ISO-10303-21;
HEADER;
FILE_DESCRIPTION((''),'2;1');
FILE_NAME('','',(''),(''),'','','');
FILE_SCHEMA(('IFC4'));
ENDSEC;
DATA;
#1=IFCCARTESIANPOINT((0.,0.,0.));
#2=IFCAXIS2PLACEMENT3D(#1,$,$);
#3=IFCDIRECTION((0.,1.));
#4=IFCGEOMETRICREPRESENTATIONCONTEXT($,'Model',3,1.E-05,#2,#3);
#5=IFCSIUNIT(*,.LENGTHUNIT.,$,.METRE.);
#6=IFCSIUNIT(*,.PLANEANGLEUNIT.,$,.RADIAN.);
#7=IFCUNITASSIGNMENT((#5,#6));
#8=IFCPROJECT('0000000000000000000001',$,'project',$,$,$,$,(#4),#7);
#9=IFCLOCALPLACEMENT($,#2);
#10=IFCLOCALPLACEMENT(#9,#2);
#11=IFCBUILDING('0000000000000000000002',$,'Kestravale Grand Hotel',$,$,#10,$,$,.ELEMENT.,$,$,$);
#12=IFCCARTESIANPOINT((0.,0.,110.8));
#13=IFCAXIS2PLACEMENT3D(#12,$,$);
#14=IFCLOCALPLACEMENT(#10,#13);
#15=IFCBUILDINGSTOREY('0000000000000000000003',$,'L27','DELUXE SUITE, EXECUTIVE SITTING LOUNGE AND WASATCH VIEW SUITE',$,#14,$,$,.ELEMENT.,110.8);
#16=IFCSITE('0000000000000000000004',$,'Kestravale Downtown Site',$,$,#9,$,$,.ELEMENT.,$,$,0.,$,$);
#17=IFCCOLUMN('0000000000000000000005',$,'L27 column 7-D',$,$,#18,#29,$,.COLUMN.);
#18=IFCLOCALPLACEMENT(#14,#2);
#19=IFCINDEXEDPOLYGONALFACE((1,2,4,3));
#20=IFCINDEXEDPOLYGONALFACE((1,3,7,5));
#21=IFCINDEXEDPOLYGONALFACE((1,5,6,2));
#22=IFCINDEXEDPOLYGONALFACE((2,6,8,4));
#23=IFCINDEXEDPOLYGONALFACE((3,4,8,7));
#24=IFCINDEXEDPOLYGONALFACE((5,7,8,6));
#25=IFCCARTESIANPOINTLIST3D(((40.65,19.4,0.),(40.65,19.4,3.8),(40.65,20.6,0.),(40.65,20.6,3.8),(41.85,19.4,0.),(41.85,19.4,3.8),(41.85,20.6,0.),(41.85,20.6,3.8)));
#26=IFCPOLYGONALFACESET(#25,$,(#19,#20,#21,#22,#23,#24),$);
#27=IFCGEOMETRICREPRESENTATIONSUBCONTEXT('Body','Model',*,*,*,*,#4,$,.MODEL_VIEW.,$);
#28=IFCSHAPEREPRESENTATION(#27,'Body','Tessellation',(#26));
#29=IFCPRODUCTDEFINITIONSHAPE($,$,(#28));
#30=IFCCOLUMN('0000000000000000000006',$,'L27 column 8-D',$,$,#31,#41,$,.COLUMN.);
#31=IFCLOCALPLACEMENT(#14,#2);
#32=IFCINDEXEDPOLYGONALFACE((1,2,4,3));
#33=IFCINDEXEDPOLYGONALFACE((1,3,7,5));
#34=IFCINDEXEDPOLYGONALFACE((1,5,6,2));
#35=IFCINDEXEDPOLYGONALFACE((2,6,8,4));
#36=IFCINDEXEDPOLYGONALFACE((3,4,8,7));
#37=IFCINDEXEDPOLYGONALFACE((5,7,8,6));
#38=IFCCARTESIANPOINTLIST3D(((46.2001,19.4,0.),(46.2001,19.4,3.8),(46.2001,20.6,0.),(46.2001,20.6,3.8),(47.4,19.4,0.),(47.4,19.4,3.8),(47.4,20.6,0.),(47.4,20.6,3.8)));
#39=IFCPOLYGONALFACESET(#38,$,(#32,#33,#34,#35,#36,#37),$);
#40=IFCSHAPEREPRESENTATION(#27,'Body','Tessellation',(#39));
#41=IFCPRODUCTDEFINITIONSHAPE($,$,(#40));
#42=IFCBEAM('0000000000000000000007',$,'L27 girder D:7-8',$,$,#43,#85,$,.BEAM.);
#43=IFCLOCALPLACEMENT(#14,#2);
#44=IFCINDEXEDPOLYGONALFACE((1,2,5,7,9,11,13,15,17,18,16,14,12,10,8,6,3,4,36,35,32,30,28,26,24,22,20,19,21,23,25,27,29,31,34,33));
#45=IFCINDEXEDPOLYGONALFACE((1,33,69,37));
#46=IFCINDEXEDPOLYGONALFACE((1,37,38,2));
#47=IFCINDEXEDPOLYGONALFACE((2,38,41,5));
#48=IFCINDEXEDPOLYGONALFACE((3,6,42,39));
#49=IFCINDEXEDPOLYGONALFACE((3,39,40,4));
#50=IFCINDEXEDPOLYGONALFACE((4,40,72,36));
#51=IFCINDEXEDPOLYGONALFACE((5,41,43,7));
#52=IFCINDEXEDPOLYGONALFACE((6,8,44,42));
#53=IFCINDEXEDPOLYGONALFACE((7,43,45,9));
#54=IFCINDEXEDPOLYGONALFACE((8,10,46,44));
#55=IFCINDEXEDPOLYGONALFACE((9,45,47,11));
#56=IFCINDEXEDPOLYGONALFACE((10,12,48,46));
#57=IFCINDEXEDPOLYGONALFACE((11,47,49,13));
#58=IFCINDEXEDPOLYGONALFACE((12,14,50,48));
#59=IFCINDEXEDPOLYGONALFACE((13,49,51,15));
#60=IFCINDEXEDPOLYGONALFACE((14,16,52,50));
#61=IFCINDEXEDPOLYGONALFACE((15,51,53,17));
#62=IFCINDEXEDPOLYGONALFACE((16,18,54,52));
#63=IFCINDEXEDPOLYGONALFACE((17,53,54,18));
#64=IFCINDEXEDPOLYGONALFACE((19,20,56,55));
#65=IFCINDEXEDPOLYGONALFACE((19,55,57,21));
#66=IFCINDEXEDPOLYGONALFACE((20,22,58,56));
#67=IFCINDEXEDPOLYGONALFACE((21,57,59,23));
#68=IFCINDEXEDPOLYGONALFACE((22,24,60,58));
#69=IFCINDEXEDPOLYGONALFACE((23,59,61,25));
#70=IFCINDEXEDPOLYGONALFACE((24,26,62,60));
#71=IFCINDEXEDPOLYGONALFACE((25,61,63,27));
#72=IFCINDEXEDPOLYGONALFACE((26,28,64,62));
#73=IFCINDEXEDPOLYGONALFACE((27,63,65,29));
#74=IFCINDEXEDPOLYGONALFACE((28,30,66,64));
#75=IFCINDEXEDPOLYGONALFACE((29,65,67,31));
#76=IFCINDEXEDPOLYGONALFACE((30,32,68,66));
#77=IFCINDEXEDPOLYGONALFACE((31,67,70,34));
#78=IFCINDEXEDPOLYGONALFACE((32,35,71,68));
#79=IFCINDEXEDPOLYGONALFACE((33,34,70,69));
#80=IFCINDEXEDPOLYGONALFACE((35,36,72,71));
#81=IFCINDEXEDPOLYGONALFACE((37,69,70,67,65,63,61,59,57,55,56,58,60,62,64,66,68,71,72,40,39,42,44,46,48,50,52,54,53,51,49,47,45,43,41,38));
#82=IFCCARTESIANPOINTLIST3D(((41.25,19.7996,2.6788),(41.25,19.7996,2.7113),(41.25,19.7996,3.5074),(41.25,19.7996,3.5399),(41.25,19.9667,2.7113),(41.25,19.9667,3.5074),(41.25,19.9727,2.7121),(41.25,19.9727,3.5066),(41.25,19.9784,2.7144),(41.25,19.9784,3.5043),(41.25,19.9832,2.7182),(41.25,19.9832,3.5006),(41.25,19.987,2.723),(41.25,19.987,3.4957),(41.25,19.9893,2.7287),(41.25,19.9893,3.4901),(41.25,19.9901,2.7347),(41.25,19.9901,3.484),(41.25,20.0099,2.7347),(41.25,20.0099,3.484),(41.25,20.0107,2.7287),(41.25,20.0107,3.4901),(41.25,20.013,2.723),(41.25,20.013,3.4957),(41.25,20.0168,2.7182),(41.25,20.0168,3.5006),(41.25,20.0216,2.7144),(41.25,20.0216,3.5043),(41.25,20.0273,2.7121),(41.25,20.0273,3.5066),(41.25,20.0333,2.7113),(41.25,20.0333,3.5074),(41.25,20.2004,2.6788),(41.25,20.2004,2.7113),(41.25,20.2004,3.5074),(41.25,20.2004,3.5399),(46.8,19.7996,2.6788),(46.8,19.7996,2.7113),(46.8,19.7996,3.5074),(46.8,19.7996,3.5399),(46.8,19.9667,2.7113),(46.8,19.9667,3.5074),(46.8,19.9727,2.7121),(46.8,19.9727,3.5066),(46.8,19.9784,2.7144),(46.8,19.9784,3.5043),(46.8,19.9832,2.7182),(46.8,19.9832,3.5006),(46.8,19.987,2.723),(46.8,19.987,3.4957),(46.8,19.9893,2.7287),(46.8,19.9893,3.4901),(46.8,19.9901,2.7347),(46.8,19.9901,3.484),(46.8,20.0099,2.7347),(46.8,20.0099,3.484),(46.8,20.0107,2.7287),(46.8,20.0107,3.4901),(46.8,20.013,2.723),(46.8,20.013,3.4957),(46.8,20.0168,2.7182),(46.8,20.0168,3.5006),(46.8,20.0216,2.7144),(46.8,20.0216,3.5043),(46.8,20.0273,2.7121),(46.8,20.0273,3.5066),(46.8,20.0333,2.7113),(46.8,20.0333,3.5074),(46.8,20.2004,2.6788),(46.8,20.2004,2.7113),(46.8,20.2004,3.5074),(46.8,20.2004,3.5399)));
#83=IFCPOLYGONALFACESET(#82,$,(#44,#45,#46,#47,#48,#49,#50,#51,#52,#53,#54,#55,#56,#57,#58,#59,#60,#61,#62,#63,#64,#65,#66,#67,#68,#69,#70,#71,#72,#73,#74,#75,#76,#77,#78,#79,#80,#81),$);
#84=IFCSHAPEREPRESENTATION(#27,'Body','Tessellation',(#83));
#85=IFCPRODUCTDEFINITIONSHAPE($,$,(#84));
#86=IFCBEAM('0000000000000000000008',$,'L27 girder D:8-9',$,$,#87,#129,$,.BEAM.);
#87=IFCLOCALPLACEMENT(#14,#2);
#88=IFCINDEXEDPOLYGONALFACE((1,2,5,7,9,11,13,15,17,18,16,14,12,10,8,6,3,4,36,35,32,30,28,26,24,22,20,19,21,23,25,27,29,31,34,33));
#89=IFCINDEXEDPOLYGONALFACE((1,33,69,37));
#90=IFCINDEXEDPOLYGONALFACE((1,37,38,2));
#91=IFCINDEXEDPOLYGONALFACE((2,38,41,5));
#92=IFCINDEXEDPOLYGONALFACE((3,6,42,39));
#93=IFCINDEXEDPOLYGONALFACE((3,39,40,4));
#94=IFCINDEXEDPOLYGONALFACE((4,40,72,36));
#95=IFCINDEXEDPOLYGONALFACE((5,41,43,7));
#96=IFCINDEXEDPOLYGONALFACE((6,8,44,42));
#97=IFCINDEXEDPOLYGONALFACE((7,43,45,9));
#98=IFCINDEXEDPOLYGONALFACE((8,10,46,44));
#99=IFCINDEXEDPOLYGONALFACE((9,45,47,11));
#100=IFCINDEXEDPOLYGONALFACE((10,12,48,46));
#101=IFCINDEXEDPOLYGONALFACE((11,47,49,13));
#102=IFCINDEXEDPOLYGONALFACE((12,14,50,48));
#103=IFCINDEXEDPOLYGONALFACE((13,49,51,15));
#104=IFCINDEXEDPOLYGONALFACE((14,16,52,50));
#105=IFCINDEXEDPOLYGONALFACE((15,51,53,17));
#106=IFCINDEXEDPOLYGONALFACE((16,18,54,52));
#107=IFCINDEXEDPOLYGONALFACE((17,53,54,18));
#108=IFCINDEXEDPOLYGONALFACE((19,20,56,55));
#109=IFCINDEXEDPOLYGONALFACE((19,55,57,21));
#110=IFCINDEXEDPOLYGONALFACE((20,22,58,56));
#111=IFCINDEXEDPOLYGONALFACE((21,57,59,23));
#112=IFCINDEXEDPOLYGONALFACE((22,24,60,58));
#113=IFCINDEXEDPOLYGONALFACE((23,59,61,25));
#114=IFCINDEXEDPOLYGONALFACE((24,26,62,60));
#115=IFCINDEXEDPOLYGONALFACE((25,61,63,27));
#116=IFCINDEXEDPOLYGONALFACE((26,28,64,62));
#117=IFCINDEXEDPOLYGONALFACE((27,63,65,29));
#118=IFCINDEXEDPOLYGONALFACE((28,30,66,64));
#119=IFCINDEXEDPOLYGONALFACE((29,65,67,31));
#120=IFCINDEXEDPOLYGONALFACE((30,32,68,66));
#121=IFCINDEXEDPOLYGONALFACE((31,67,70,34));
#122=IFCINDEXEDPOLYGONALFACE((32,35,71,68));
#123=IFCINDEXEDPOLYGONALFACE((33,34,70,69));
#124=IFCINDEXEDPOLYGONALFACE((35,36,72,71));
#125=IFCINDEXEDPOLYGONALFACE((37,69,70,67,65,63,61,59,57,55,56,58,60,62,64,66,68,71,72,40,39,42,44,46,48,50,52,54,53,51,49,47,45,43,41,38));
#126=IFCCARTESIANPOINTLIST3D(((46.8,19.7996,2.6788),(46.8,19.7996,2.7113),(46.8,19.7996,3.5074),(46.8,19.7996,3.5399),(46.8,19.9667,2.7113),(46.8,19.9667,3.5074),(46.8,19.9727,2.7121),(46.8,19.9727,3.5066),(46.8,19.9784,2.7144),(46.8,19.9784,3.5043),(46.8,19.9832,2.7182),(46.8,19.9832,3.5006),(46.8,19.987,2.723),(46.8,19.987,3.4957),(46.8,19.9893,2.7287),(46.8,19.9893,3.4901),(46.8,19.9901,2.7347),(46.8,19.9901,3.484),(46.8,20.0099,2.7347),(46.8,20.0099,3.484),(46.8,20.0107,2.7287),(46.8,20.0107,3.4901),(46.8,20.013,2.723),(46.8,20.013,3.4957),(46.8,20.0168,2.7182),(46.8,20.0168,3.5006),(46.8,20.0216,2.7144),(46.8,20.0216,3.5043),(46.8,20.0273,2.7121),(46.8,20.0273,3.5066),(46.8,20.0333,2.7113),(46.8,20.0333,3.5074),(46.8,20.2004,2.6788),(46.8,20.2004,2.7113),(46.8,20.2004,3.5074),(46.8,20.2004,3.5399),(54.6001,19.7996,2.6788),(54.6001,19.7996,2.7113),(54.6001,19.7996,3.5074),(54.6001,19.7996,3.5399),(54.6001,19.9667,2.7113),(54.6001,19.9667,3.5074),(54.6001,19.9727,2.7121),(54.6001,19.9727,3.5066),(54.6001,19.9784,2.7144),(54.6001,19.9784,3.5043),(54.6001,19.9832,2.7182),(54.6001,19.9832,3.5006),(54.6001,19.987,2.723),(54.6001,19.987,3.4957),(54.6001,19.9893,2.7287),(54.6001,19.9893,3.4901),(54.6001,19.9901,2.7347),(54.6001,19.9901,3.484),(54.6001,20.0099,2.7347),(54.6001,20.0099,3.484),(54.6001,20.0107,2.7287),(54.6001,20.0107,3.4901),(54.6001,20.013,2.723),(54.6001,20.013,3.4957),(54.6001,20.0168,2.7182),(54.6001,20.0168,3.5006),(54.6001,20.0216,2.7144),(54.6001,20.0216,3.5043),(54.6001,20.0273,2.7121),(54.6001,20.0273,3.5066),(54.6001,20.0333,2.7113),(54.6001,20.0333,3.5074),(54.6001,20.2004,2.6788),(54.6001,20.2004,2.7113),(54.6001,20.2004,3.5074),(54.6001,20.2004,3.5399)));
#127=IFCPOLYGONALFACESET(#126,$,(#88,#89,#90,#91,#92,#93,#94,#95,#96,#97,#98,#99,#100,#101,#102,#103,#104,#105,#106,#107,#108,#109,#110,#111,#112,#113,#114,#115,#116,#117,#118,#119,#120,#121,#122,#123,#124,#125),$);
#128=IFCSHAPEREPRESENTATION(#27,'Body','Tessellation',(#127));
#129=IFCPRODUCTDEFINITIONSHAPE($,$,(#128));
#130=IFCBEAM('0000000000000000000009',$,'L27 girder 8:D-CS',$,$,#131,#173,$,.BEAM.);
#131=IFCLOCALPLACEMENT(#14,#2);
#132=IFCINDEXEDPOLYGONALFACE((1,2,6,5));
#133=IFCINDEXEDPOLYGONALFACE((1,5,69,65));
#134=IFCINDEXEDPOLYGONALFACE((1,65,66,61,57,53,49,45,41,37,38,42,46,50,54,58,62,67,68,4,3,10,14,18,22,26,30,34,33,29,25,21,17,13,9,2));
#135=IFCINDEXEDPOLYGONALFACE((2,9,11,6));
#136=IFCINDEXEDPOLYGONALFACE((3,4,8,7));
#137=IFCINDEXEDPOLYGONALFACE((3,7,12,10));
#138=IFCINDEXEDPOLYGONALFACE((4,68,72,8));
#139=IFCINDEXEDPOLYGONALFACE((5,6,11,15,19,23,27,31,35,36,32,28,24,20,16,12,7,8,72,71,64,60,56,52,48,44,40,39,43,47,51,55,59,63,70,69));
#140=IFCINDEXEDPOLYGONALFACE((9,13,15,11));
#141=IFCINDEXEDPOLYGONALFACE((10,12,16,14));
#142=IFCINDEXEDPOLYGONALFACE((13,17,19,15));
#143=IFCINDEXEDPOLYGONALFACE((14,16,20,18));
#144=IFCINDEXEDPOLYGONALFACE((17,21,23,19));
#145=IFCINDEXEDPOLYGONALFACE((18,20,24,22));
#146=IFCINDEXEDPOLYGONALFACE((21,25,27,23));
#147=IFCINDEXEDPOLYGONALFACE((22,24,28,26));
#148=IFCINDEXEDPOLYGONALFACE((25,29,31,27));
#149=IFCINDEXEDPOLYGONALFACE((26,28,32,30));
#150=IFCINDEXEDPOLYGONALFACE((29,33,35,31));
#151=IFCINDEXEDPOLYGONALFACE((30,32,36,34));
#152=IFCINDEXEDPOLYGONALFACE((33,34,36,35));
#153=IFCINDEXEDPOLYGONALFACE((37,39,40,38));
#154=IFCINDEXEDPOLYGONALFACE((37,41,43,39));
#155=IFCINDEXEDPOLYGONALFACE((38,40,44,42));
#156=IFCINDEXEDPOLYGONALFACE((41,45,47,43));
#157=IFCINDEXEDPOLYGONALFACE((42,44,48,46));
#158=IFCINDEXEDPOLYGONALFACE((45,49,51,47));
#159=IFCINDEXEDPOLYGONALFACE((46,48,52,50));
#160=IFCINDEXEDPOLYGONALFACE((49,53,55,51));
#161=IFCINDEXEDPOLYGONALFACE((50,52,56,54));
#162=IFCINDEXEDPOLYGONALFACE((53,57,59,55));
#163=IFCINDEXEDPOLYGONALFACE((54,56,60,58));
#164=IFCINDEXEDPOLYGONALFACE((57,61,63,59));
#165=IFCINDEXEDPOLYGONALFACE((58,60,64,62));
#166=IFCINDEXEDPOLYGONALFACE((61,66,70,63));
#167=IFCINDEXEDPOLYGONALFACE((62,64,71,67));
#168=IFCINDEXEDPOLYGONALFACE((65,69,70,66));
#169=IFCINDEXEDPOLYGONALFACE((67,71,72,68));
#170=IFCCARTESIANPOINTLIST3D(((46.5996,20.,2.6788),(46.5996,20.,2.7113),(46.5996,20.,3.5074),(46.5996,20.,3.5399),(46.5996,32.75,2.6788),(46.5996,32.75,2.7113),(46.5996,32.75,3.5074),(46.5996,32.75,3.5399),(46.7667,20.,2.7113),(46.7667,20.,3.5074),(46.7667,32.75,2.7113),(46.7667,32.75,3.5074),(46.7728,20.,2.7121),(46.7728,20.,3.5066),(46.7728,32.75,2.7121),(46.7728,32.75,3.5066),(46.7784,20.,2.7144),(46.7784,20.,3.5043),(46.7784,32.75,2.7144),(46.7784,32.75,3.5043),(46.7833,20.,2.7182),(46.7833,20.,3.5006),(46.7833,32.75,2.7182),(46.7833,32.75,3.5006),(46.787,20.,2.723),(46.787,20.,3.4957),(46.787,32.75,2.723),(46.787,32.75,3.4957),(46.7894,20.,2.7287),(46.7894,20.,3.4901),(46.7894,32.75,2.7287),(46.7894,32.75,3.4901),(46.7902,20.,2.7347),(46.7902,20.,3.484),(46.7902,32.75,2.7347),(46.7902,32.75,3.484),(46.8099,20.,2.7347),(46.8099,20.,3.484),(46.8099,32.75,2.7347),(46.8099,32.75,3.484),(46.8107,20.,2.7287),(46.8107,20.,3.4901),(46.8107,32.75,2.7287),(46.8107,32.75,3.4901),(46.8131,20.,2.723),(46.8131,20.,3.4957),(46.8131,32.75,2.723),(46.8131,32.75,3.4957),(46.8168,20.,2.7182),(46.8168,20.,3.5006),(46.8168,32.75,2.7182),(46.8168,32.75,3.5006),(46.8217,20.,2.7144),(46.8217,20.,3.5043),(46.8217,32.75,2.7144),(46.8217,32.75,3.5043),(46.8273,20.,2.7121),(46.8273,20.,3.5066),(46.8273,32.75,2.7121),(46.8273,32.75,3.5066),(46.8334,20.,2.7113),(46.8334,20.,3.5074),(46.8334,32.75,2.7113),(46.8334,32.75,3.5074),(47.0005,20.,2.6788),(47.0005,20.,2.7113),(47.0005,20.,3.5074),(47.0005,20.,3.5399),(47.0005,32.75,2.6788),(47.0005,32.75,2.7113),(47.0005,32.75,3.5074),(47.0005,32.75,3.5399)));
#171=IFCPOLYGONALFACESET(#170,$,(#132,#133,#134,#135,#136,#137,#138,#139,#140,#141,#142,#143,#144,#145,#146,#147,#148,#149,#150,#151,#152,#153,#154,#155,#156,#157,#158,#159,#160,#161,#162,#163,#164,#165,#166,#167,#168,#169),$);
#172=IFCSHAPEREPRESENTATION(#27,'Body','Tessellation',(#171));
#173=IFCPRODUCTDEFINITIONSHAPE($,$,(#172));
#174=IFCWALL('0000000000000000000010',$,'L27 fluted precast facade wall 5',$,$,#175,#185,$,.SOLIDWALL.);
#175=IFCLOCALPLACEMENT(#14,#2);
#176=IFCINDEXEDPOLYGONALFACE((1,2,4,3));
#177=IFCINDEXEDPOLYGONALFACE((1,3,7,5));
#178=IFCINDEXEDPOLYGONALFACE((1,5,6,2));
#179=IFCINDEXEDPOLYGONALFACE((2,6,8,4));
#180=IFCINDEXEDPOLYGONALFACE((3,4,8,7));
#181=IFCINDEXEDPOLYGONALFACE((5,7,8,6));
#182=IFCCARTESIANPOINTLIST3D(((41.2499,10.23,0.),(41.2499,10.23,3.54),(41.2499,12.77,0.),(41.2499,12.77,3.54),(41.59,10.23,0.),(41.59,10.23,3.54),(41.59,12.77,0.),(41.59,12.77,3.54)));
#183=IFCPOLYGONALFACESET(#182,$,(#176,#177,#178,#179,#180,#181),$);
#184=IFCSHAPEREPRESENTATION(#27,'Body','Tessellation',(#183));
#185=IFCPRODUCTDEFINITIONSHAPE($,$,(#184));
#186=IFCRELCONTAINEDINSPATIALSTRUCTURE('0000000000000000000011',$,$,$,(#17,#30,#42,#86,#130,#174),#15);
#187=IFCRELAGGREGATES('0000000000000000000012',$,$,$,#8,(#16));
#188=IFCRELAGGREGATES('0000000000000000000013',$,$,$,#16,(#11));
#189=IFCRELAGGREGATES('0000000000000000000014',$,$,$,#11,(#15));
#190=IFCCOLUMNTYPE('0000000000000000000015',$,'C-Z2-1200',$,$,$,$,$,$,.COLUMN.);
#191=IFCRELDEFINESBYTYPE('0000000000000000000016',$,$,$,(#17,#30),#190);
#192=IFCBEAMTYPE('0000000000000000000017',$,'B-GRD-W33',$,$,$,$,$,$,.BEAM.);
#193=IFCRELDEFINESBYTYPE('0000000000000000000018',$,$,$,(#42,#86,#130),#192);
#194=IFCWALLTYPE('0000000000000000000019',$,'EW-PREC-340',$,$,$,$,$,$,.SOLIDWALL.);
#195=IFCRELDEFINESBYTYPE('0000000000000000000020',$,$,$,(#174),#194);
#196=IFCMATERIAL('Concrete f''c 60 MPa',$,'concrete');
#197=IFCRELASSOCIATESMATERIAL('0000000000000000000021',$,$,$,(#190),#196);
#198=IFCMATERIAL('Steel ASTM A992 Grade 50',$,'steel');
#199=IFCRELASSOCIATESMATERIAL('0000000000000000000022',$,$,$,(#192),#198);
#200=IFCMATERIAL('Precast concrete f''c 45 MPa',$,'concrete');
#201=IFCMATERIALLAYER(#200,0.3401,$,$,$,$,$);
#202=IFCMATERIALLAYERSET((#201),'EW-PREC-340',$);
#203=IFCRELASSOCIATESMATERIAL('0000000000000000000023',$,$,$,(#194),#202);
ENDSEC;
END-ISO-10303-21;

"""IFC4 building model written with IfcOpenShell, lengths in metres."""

from ifc_helpers import new_model, si_unit, direction, frame, frame_2d, origin, origin_2d, place, context, subcontext, project, spatial, rectangle, i_section, extrude, material, layer, layer_set, material_profile, profile_set, type_object, element, save


model = new_model("IFC4")

# Units and contexts
model_context = context("Model", 3, precision=1e-05, world=origin(), true_north=direction((0.0, 1.0)))
body_context = subcontext(model_context, "Body", "Model", "MODEL_VIEW")
ifc_project = project(units=[si_unit("LENGTHUNIT", "METRE"), si_unit("PLANEANGLEUNIT", "RADIAN")], contexts=[model_context])

# Site, building, storey
site_placement = place(None, origin())
site = spatial("IfcSite", under=ifc_project, at=site_placement, Name="Kestravale Downtown Site", CompositionType="ELEMENT", RefElevation=0.0)
building_placement = place(site_placement, origin())
building = spatial("IfcBuilding", under=site, at=building_placement, Name="Kestravale Grand Hotel", CompositionType="ELEMENT")
storey_placement = place(building_placement, frame((0.0, 0.0, 110.8)))
storey = spatial("IfcBuildingStorey", under=building, at=storey_placement, Name="L27", Description="DELUXE SUITE, EXECUTIVE SITTING LOUNGE AND WASATCH VIEW SUITE", CompositionType="ELEMENT", Elevation=110.8)

# Columns
ifc_material_1 = material(Name="Concrete f'c 60 MPa", Category="concrete")
ifc_material_profile_1 = material_profile(ifc_material_1, rectangle(XDim=1.2, YDim=1.2, at=origin_2d()))
ifc_profile_set_1 = profile_set([ifc_material_profile_1], Name="Concrete f'c 60 MPa")
column_type = type_object("IfcColumnType", Name="C-Z2-1200", PredefinedType="COLUMN", material=ifc_profile_set_1)
for number, where, z_axis, x_axis, name in (
    (1, (41.25, 20.0, 0.0), (0.0, 0.0, 1.0), (1.0, 0.0, 0.0), "L27 column 7-D"),
    (2, (46.8, 20.0, 0.0), (0.0, 0.0, 1.0), (1.0, 0.0, 0.0), "L27 column 8-D"),
):
    element("IfcColumn", number, at=place(storey_placement, frame(where, z_axis=z_axis, x_axis=x_axis)), inside=storey, type_object=column_type, Name=name, PredefinedType="COLUMN", context=body_context, shape_type="SweptSolid", body=[
        extrude(rectangle(XDim=1.2, YDim=1.2, at=origin_2d()), origin(), (0.0, 0.0, 1.0), 3.8),
    ])

# Beams
ifc_material_2 = material(Name="Steel ASTM A992 Grade 50", Category="steel")
ifc_material_profile_2 = material_profile(ifc_material_2, i_section(OverallWidth=0.4009, OverallDepth=0.8611, WebThickness=0.0198, FlangeThickness=0.0325, FilletRadius=0.0234, at=origin_2d()))
ifc_profile_set_2 = profile_set([ifc_material_profile_2], Name="Steel ASTM A992 Grade 50")
beam_type = type_object("IfcBeamType", Name="B-GRD-W33", PredefinedType="BEAM", material=ifc_profile_set_2)
beam_1_placement = place(storey_placement, frame((41.25, 20.0, 3.1094), z_axis=(1.0, 0.0, 0.0), x_axis=(0.0, 1.0, 0.0)))
element("IfcBeam", 3, at=beam_1_placement, inside=storey, type_object=beam_type, Name="L27 girder D:7-8", PredefinedType="BEAM", context=body_context, shape_type="SweptSolid", body=[
    extrude(i_section(OverallWidth=0.4009, OverallDepth=0.8611, WebThickness=0.0198, FlangeThickness=0.0325, FilletRadius=0.0234, at=origin_2d()), origin(), (0.0, 0.0, 1.0), 5.55),
])
beam_2_placement = place(storey_placement, frame((46.8, 20.0, 3.1094), z_axis=(1.0, 0.0, 0.0), x_axis=(0.0, 1.0, 0.0)))
element("IfcBeam", 4, at=beam_2_placement, inside=storey, type_object=beam_type, Name="L27 girder D:8-9", PredefinedType="BEAM", context=body_context, shape_type="SweptSolid", body=[
    extrude(i_section(OverallWidth=0.4009, OverallDepth=0.8611, WebThickness=0.0198, FlangeThickness=0.0325, FilletRadius=0.0234, at=origin_2d()), origin(), (0.0, 0.0, 1.0), 7.8),
])
beam_3_placement = place(storey_placement, frame((46.8, 20.0, 3.1094), z_axis=(0.0, 1.0, 0.0), x_axis=(-1.0, 0.0, 0.0)))
element("IfcBeam", 5, at=beam_3_placement, inside=storey, type_object=beam_type, Name="L27 girder 8:D-CS", PredefinedType="BEAM", context=body_context, shape_type="SweptSolid", body=[
    extrude(i_section(OverallWidth=0.4009, OverallDepth=0.8611, WebThickness=0.0198, FlangeThickness=0.0325, FilletRadius=0.0234, at=origin_2d()), origin(), (0.0, 0.0, 1.0), 12.75),
])

# Wall
ifc_material_3 = material(Name="Precast concrete f'c 45 MPa", Category="concrete")
ifc_layer_1 = layer(ifc_material_3, 0.3401)
ifc_layer_set_1 = layer_set([ifc_layer_1], Name="EW-PREC-340")
wall_type_1 = type_object("IfcWallType", Name="EW-PREC-340", PredefinedType="SOLIDWALL", material=ifc_layer_set_1)
wall_1_placement = place(storey_placement, frame((41.4199, 12.77, 0.0), z_axis=(0.0, 0.0, 1.0), x_axis=(0.0, -1.0, 0.0)))
element("IfcWall", 6, at=wall_1_placement, inside=storey, type_object=wall_type_1, Name="L27 fluted precast facade wall 5", PredefinedType="SOLIDWALL", context=body_context, shape_type="SweptSolid", body=[
    extrude(rectangle(XDim=2.54, YDim=0.3401, at=frame_2d((1.27, 0.0))), origin(), (0.0, 0.0, 1.0), 3.54),
])

save(model, "model.ifc")
